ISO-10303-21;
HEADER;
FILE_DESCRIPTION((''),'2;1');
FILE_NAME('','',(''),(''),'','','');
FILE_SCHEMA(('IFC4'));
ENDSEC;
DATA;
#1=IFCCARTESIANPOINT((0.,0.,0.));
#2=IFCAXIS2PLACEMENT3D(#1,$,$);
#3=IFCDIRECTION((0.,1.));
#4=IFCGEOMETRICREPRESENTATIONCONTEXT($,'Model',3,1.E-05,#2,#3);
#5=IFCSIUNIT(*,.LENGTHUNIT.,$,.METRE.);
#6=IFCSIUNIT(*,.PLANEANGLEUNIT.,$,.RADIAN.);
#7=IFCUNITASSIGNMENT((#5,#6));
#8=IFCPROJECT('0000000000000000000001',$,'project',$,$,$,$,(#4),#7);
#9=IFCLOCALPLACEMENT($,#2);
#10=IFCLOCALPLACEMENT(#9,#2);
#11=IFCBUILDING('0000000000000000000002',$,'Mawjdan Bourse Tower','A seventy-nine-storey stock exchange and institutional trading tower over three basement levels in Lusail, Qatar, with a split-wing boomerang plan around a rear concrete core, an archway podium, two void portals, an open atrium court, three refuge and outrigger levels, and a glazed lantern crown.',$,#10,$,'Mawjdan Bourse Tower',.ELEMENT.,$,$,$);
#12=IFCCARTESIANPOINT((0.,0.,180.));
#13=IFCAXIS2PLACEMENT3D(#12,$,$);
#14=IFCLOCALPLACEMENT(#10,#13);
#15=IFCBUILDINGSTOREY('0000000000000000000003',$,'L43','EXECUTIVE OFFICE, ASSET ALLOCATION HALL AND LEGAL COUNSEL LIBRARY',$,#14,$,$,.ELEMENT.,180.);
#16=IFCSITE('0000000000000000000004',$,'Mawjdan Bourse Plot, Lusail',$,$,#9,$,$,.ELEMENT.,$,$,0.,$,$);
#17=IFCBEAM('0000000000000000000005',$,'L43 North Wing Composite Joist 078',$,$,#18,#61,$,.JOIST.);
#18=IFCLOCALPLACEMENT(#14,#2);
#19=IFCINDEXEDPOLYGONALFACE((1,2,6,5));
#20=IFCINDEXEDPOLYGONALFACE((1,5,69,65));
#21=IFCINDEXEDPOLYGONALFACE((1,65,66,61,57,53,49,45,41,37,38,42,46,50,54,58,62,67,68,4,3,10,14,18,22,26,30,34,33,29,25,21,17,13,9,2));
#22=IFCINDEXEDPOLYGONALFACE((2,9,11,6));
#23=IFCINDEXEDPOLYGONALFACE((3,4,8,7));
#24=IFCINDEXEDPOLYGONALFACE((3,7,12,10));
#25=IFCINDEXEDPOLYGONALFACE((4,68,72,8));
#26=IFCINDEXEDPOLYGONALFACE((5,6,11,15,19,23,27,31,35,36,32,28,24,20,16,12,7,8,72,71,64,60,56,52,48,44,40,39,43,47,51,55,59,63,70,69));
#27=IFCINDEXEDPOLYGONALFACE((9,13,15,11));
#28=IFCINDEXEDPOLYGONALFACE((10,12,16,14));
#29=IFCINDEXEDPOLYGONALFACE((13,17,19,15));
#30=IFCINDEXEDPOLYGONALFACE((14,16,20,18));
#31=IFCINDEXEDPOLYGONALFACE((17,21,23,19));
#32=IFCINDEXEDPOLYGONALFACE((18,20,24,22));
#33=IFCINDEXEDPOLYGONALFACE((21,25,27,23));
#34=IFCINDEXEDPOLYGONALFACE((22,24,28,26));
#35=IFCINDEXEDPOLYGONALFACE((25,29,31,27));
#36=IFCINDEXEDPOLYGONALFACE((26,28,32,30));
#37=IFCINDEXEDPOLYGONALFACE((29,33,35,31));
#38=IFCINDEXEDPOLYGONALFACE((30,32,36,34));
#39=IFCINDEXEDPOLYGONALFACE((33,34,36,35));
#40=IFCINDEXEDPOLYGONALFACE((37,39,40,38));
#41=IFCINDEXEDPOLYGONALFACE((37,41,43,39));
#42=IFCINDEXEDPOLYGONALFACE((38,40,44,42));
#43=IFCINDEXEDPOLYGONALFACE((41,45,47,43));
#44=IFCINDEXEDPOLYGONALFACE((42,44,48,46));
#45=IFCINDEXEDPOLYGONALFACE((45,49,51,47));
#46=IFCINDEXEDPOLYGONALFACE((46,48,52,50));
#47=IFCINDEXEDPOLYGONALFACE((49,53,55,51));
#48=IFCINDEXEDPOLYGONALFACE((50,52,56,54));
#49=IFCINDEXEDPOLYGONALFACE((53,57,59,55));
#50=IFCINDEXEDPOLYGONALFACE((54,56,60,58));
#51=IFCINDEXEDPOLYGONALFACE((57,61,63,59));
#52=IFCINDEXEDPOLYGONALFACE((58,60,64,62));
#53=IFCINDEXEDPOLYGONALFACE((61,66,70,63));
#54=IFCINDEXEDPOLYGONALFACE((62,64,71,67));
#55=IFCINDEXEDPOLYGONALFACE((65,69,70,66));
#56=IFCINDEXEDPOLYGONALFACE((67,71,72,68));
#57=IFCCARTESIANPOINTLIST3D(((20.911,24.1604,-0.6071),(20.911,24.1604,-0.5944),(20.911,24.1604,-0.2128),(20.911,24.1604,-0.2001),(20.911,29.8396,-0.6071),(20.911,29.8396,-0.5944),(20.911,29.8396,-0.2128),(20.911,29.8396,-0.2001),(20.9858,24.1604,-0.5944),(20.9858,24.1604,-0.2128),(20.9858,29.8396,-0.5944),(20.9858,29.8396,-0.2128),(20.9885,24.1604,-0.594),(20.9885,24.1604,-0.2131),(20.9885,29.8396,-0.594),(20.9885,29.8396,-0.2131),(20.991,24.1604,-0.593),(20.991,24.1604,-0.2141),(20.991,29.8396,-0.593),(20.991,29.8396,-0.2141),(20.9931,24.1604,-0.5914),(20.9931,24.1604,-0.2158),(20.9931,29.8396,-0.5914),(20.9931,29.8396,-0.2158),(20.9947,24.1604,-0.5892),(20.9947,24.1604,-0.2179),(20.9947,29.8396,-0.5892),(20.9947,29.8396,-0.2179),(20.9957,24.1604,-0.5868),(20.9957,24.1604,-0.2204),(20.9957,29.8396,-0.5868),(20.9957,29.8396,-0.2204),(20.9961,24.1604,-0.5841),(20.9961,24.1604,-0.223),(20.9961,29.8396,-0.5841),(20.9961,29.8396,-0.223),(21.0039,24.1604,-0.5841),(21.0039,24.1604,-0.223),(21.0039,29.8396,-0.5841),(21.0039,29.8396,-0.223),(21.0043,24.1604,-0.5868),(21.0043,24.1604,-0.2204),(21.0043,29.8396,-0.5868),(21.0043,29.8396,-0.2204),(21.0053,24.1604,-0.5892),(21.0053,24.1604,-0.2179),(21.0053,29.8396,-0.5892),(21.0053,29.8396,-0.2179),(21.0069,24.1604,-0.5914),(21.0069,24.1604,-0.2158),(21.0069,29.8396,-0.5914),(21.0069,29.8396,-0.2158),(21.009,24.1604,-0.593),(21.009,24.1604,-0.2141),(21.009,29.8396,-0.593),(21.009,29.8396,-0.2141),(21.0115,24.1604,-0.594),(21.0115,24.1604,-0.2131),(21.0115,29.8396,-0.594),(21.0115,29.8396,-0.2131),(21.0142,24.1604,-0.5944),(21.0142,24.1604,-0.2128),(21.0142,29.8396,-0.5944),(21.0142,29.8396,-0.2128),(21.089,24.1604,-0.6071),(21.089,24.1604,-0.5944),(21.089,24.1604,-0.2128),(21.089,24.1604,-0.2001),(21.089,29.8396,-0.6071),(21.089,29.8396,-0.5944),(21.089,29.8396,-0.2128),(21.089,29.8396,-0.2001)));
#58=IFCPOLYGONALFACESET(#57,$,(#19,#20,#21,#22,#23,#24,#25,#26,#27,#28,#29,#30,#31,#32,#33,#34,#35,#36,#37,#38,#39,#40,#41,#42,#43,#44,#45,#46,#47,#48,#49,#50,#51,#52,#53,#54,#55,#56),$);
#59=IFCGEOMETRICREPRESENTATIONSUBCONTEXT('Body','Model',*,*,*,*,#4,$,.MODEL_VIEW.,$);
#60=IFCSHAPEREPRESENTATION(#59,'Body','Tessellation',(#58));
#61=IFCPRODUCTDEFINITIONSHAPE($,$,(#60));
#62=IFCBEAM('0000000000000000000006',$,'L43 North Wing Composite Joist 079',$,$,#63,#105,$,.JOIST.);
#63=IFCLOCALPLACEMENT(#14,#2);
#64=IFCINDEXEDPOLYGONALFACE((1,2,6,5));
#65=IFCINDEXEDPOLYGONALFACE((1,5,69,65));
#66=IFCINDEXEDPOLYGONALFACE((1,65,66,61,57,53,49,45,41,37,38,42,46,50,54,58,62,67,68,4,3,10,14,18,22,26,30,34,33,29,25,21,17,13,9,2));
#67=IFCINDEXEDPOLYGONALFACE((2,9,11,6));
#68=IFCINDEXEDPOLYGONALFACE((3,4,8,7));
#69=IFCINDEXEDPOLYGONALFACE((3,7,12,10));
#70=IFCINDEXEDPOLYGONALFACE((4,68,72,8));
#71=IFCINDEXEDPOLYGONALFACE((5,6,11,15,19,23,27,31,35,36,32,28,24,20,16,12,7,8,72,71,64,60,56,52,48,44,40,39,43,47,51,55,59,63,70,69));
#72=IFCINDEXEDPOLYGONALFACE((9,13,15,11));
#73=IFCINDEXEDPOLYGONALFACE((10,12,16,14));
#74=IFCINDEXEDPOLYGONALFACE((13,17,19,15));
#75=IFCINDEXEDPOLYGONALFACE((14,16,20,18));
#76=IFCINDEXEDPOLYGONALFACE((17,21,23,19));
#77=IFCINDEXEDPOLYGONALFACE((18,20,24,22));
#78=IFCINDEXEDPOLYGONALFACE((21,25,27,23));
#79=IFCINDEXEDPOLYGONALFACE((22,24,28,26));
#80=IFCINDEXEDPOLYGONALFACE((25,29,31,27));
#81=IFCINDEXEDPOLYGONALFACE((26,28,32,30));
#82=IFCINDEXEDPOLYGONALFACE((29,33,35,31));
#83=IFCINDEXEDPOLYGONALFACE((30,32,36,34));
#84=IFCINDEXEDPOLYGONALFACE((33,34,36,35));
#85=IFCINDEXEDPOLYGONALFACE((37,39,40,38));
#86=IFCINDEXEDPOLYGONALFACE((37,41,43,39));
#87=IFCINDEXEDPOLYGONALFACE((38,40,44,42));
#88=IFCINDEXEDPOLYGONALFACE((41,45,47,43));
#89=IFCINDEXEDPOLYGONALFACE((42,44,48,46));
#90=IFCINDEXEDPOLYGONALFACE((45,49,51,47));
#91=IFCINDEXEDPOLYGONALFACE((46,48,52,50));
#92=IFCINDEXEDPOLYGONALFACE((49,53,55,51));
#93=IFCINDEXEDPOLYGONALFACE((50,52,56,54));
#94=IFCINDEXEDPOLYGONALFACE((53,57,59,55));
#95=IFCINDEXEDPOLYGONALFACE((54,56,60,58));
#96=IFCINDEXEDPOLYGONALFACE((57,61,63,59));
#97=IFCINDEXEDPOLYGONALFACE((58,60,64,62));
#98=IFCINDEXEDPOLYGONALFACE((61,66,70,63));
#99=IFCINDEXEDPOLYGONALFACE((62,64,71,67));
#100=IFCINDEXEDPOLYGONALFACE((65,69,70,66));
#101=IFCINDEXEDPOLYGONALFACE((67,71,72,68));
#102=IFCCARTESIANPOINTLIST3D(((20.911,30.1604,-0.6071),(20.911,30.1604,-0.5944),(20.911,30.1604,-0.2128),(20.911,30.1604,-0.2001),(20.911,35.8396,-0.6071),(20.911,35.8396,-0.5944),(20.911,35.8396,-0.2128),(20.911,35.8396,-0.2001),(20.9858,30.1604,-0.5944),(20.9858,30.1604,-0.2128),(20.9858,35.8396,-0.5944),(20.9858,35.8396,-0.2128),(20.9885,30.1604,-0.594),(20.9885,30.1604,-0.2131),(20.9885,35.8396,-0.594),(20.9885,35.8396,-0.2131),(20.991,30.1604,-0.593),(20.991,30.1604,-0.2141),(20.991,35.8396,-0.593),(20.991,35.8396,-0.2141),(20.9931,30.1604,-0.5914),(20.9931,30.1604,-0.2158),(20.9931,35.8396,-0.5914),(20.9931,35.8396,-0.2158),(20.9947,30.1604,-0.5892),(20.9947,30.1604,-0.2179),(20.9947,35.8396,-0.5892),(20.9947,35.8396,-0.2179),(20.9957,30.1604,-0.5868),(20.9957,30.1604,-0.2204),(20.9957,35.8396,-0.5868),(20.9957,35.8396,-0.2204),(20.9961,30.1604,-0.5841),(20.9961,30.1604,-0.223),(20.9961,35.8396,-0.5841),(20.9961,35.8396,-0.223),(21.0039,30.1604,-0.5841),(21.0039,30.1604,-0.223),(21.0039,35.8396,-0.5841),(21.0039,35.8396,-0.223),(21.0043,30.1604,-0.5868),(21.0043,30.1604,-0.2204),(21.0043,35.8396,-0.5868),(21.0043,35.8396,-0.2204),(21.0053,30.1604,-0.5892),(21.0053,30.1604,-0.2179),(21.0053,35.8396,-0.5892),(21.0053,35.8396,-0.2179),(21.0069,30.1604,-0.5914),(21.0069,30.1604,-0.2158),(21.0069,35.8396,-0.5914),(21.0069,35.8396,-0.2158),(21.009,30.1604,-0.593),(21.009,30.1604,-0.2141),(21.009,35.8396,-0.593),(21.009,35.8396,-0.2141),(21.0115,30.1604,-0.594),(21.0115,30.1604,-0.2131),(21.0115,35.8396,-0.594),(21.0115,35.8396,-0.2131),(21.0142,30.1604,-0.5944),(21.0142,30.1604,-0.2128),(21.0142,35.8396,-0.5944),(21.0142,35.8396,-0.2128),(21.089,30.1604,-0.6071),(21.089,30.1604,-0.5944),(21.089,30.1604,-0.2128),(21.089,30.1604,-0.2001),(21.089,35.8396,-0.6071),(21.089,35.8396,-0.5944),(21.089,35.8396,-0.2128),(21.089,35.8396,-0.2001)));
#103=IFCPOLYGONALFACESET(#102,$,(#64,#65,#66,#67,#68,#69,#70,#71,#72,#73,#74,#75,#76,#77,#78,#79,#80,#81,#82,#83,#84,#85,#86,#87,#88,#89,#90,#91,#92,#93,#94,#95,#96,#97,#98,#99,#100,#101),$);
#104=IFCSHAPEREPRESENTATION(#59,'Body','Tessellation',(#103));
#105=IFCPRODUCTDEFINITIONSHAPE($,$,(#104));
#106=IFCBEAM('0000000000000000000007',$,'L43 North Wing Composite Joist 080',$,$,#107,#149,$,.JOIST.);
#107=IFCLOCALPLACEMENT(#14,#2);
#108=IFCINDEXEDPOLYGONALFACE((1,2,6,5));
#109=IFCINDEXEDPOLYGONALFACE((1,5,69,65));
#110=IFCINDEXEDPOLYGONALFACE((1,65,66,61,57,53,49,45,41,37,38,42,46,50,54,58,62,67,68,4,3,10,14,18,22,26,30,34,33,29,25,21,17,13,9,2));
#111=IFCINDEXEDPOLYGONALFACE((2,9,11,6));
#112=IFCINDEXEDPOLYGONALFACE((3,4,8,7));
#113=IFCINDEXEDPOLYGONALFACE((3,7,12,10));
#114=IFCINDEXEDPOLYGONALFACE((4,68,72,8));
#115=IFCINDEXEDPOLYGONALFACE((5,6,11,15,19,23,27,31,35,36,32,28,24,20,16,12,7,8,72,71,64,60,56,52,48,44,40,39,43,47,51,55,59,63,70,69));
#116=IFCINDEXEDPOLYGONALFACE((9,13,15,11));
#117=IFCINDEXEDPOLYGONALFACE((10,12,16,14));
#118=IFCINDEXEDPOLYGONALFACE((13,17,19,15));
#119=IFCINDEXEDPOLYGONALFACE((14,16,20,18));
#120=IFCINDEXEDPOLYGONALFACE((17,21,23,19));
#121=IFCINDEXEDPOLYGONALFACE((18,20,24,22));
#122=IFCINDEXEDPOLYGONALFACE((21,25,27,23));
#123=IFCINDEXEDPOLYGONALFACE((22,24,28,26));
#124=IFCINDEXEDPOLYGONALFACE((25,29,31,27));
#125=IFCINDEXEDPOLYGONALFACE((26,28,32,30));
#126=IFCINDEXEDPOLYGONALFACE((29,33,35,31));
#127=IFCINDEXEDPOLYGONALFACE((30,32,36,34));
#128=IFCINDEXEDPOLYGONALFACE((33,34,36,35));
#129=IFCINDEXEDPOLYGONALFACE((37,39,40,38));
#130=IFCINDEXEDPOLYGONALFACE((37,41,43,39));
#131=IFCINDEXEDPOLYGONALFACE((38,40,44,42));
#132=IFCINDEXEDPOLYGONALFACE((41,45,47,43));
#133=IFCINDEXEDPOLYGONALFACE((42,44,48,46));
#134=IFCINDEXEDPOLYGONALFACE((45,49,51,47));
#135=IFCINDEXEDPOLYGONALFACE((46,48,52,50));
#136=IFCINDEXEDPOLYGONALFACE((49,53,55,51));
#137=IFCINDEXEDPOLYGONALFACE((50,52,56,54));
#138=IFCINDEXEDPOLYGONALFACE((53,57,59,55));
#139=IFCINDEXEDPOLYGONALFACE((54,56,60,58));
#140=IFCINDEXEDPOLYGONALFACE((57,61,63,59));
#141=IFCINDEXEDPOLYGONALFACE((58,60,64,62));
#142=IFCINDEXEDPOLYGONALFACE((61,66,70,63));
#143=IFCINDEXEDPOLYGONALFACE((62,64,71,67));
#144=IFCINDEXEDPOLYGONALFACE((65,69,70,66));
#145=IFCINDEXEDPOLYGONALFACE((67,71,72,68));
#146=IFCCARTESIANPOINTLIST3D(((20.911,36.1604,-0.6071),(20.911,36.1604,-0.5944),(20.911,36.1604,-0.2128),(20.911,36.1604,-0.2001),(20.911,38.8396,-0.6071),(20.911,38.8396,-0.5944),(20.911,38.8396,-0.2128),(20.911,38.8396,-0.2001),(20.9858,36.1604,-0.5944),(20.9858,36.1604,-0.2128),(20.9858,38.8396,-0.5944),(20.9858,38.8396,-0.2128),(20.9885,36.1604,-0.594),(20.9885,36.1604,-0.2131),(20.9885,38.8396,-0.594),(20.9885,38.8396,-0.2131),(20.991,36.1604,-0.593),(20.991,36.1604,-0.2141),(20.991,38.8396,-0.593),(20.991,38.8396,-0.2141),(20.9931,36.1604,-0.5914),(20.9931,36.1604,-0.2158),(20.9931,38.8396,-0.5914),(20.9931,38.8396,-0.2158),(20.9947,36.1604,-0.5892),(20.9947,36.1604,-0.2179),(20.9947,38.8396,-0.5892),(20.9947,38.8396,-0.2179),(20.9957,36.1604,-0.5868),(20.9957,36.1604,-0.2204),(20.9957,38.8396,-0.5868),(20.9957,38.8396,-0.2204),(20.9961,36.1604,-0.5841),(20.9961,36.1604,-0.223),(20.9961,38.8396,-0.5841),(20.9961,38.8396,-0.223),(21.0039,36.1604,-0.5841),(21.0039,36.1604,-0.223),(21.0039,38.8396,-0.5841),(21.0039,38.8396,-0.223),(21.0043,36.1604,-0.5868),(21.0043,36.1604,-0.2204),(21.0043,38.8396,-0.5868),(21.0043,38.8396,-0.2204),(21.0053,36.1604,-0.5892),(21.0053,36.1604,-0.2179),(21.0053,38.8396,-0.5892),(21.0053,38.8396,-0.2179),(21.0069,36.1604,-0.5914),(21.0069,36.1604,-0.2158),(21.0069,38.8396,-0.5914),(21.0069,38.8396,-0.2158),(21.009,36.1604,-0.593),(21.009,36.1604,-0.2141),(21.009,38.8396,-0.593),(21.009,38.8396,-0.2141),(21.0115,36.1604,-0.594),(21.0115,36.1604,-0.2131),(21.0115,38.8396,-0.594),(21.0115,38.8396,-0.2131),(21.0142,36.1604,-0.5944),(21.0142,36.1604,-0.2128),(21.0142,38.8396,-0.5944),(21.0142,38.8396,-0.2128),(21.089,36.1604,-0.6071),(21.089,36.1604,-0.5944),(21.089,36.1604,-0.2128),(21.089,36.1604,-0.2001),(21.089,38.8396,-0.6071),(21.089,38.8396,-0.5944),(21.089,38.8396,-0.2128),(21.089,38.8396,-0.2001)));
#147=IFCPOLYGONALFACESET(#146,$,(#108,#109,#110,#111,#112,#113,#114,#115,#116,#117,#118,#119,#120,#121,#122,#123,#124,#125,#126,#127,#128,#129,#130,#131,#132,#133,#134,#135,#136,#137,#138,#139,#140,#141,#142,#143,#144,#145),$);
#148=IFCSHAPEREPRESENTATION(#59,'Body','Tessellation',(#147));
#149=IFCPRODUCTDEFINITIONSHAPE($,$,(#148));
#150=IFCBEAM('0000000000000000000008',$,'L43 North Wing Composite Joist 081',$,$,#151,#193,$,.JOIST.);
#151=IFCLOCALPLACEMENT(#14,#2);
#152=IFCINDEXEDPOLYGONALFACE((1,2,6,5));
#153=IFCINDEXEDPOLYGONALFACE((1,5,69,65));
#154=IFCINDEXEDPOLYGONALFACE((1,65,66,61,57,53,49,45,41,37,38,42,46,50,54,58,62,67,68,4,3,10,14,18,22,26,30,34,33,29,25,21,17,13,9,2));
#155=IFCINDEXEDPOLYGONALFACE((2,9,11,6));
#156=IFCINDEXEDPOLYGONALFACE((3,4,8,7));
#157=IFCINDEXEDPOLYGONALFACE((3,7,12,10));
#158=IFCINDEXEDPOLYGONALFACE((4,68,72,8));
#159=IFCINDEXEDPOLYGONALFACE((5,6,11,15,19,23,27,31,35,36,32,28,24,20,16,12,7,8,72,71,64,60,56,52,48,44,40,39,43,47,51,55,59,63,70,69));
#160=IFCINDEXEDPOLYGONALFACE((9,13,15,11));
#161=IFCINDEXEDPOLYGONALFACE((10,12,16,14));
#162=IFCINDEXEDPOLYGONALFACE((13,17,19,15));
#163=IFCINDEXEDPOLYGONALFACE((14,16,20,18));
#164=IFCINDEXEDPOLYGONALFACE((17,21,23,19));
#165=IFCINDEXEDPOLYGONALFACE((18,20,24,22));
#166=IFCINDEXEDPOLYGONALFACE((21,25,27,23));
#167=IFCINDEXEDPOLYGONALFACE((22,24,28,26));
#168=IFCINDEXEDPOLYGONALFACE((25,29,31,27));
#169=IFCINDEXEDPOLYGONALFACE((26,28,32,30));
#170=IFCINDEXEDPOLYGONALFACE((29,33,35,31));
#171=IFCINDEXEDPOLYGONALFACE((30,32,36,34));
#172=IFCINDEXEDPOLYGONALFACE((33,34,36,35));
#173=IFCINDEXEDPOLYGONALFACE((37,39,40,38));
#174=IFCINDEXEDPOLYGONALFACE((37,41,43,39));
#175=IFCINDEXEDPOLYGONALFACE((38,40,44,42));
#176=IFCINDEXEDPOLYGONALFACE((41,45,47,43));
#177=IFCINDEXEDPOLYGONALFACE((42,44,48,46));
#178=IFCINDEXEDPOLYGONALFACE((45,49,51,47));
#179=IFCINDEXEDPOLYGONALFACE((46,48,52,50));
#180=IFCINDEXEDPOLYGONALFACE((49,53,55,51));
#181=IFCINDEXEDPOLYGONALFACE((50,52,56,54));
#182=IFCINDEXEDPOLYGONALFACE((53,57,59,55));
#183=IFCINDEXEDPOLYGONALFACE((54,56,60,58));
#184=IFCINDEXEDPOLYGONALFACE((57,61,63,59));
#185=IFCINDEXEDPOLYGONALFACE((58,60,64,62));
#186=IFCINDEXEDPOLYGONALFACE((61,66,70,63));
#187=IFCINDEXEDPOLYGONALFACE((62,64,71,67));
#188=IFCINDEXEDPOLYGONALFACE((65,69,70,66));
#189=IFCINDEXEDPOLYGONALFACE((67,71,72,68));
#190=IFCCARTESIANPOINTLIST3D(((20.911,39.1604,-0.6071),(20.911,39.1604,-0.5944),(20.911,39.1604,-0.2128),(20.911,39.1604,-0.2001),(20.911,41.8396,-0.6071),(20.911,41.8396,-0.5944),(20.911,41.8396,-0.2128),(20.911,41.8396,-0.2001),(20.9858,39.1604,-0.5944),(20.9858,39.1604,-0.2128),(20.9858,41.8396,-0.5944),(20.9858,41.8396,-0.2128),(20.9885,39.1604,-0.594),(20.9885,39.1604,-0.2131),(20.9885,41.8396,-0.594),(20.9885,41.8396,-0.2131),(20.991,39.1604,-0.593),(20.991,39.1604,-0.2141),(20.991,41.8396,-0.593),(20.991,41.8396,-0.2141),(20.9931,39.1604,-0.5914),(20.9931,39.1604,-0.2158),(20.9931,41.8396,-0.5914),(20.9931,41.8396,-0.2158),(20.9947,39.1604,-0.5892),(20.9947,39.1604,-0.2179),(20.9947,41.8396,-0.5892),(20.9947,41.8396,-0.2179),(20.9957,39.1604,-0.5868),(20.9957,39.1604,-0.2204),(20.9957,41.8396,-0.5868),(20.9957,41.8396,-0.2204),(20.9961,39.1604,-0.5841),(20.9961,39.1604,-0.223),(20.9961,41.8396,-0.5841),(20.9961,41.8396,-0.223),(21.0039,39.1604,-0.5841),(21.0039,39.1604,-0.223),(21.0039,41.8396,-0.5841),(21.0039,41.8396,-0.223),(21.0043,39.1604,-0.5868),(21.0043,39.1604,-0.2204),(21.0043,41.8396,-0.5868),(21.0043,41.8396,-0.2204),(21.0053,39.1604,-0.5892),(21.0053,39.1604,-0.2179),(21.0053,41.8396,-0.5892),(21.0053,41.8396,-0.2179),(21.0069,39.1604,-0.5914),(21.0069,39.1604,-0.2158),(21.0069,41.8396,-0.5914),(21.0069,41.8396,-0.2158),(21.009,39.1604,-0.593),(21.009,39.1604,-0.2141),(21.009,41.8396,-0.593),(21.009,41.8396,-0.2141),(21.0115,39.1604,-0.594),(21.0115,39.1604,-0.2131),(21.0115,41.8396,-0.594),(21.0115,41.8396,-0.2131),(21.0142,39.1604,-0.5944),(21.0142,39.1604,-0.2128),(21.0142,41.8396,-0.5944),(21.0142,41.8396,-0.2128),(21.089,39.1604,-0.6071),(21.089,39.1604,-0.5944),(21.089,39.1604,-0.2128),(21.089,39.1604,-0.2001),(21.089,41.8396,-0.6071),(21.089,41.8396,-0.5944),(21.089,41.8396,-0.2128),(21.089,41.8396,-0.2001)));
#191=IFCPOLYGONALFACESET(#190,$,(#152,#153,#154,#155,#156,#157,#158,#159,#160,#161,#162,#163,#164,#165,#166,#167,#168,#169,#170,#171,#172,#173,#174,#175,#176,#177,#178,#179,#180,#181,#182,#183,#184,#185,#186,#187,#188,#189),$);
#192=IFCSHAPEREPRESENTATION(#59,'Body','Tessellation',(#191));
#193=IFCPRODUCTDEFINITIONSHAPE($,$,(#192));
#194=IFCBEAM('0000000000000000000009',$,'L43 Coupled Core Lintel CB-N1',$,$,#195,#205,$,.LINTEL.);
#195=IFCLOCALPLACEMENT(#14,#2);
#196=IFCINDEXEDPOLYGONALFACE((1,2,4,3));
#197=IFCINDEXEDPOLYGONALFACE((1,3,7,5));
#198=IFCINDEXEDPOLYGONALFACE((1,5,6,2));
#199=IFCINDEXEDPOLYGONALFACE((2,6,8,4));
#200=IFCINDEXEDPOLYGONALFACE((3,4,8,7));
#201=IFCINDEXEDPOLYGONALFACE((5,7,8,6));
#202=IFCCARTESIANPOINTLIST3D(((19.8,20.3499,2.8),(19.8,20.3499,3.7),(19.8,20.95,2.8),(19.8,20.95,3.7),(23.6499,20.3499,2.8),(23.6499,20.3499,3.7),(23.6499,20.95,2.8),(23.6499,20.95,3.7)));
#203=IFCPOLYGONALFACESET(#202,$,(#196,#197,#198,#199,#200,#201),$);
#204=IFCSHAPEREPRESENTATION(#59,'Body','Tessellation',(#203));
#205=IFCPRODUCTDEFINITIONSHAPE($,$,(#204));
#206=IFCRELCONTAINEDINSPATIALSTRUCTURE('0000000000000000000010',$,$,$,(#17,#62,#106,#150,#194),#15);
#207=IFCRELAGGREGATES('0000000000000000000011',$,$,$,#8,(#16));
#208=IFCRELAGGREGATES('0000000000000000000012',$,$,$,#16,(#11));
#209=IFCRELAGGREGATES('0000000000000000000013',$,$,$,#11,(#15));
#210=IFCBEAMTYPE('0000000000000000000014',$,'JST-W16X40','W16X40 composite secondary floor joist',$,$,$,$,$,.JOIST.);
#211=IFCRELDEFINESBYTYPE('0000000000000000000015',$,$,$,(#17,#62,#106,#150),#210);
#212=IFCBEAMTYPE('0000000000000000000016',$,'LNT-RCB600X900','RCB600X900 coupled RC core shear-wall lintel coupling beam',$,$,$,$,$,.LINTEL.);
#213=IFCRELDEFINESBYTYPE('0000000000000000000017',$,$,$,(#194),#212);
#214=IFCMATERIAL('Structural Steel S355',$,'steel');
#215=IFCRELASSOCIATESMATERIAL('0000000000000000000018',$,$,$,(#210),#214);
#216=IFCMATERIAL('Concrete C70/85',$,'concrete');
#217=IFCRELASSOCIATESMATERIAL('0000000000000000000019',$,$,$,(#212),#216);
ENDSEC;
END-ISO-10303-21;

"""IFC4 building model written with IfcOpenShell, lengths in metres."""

from ifc_helpers import new_model, si_unit, direction, frame, origin, origin_2d, place, context, subcontext, project, spatial, rectangle, i_section, extrude, material, material_profile, profile_set, type_object, element, save


model = new_model("IFC4")

# Units and contexts
model_context = context("Model", 3, precision=1e-05, world=origin(), true_north=direction((0.0, 1.0)))
body_context = subcontext(model_context, "Body", "Model", "MODEL_VIEW")
ifc_project = project(units=[si_unit("LENGTHUNIT", "METRE"), si_unit("PLANEANGLEUNIT", "RADIAN")], contexts=[model_context])

# Site, building, storey
site_placement = place(None, origin())
site = spatial("IfcSite", under=ifc_project, at=site_placement, Name="Mawjdan Bourse Plot, Lusail", CompositionType="ELEMENT", RefElevation=0.0)
building_placement = place(site_placement, origin())
building = spatial("IfcBuilding", under=site, at=building_placement, Name="Mawjdan Bourse Tower", Description="A seventy-nine-storey stock exchange and institutional trading tower over three basement levels in Lusail, Qatar, with a split-wing boomerang plan around a rear concrete core, an archway podium, two void portals, an open atrium court, three refuge and outrigger levels, and a glazed lantern crown.", LongName="Mawjdan Bourse Tower", CompositionType="ELEMENT")
storey_placement = place(building_placement, frame((0.0, 0.0, 180.0)))
storey = spatial("IfcBuildingStorey", under=building, at=storey_placement, Name="L43", Description="EXECUTIVE OFFICE, ASSET ALLOCATION HALL AND LEGAL COUNSEL LIBRARY", CompositionType="ELEMENT", Elevation=180.0)

# Shared definitions
ifc_material_1 = material(Name="Concrete C70/85", Category="concrete")

# Beams
ifc_material_2 = material(Name="Structural Steel S355", Category="steel")
ifc_material_profile_1 = material_profile(ifc_material_2, i_section(OverallWidth=0.178, OverallDepth=0.407, WebThickness=0.0078, FlangeThickness=0.0127, FilletRadius=0.0103, at=origin_2d()), Name="W16X40")
ifc_profile_set_1 = profile_set([ifc_material_profile_1], Name="Structural Steel S355")
beam_type_1 = type_object("IfcBeamType", Name="JST-W16X40", Description="W16X40 composite secondary floor joist", PredefinedType="JOIST", material=ifc_profile_set_1)
for number, where, z_axis, x_axis, name in (
    (1, (21.0, 24.1604, -0.4036), (0.0, 1.0, 0.0), (-1.0, 0.0, 0.0), "L43 North Wing Composite Joist 078"),
    (2, (21.0, 30.1604, -0.4036), (0.0, 1.0, 0.0), (-1.0, 0.0, 0.0), "L43 North Wing Composite Joist 079"),
):
    element("IfcBeam", number, at=place(storey_placement, frame(where, z_axis=z_axis, x_axis=x_axis)), inside=storey, type_object=beam_type_1, Name=name, PredefinedType="JOIST", context=body_context, shape_type="SweptSolid", body=[
        extrude(i_section(OverallWidth=0.178, OverallDepth=0.407, WebThickness=0.0078, FlangeThickness=0.0127, FilletRadius=0.0103, at=origin_2d()), origin(), (0.0, 0.0, 1.0), 5.6792),
    ])
for number, where, z_axis, x_axis, name in (
    (3, (21.0, 36.1604, -0.4036), (0.0, 1.0, 0.0), (-1.0, 0.0, 0.0), "L43 North Wing Composite Joist 080"),
    (4, (21.0, 39.1604, -0.4036), (0.0, 1.0, 0.0), (-1.0, 0.0, 0.0), "L43 North Wing Composite Joist 081"),
):
    element("IfcBeam", number, at=place(storey_placement, frame(where, z_axis=z_axis, x_axis=x_axis)), inside=storey, type_object=beam_type_1, Name=name, PredefinedType="JOIST", context=body_context, shape_type="SweptSolid", body=[
        extrude(i_section(OverallWidth=0.178, OverallDepth=0.407, WebThickness=0.0078, FlangeThickness=0.0127, FilletRadius=0.0103, at=origin_2d()), origin(), (0.0, 0.0, 1.0), 2.6792),
    ])
ifc_material_profile_2 = material_profile(ifc_material_1, rectangle(XDim=0.6001, YDim=0.8999, at=origin_2d()), Name="RCB600X900")
ifc_profile_set_2 = profile_set([ifc_material_profile_2], Name="Concrete C70/85")
beam_type_2 = type_object("IfcBeamType", Name="LNT-RCB600X900", Description="RCB600X900 coupled RC core shear-wall lintel coupling beam", PredefinedType="LINTEL", material=ifc_profile_set_2)
beam_1_placement = place(storey_placement, frame((19.8, 20.6499, 3.25), z_axis=(1.0, 0.0, 0.0), x_axis=(0.0, 1.0, 0.0)))
element("IfcBeam", 5, at=beam_1_placement, inside=storey, type_object=beam_type_2, Name="L43 Coupled Core Lintel CB-N1", PredefinedType="LINTEL", context=body_context, shape_type="SweptSolid", body=[
    extrude(rectangle(XDim=0.6001, YDim=0.8999, at=origin_2d()), origin(), (0.0, 0.0, 1.0), 3.8499),
])

save(model, "model.ifc")
